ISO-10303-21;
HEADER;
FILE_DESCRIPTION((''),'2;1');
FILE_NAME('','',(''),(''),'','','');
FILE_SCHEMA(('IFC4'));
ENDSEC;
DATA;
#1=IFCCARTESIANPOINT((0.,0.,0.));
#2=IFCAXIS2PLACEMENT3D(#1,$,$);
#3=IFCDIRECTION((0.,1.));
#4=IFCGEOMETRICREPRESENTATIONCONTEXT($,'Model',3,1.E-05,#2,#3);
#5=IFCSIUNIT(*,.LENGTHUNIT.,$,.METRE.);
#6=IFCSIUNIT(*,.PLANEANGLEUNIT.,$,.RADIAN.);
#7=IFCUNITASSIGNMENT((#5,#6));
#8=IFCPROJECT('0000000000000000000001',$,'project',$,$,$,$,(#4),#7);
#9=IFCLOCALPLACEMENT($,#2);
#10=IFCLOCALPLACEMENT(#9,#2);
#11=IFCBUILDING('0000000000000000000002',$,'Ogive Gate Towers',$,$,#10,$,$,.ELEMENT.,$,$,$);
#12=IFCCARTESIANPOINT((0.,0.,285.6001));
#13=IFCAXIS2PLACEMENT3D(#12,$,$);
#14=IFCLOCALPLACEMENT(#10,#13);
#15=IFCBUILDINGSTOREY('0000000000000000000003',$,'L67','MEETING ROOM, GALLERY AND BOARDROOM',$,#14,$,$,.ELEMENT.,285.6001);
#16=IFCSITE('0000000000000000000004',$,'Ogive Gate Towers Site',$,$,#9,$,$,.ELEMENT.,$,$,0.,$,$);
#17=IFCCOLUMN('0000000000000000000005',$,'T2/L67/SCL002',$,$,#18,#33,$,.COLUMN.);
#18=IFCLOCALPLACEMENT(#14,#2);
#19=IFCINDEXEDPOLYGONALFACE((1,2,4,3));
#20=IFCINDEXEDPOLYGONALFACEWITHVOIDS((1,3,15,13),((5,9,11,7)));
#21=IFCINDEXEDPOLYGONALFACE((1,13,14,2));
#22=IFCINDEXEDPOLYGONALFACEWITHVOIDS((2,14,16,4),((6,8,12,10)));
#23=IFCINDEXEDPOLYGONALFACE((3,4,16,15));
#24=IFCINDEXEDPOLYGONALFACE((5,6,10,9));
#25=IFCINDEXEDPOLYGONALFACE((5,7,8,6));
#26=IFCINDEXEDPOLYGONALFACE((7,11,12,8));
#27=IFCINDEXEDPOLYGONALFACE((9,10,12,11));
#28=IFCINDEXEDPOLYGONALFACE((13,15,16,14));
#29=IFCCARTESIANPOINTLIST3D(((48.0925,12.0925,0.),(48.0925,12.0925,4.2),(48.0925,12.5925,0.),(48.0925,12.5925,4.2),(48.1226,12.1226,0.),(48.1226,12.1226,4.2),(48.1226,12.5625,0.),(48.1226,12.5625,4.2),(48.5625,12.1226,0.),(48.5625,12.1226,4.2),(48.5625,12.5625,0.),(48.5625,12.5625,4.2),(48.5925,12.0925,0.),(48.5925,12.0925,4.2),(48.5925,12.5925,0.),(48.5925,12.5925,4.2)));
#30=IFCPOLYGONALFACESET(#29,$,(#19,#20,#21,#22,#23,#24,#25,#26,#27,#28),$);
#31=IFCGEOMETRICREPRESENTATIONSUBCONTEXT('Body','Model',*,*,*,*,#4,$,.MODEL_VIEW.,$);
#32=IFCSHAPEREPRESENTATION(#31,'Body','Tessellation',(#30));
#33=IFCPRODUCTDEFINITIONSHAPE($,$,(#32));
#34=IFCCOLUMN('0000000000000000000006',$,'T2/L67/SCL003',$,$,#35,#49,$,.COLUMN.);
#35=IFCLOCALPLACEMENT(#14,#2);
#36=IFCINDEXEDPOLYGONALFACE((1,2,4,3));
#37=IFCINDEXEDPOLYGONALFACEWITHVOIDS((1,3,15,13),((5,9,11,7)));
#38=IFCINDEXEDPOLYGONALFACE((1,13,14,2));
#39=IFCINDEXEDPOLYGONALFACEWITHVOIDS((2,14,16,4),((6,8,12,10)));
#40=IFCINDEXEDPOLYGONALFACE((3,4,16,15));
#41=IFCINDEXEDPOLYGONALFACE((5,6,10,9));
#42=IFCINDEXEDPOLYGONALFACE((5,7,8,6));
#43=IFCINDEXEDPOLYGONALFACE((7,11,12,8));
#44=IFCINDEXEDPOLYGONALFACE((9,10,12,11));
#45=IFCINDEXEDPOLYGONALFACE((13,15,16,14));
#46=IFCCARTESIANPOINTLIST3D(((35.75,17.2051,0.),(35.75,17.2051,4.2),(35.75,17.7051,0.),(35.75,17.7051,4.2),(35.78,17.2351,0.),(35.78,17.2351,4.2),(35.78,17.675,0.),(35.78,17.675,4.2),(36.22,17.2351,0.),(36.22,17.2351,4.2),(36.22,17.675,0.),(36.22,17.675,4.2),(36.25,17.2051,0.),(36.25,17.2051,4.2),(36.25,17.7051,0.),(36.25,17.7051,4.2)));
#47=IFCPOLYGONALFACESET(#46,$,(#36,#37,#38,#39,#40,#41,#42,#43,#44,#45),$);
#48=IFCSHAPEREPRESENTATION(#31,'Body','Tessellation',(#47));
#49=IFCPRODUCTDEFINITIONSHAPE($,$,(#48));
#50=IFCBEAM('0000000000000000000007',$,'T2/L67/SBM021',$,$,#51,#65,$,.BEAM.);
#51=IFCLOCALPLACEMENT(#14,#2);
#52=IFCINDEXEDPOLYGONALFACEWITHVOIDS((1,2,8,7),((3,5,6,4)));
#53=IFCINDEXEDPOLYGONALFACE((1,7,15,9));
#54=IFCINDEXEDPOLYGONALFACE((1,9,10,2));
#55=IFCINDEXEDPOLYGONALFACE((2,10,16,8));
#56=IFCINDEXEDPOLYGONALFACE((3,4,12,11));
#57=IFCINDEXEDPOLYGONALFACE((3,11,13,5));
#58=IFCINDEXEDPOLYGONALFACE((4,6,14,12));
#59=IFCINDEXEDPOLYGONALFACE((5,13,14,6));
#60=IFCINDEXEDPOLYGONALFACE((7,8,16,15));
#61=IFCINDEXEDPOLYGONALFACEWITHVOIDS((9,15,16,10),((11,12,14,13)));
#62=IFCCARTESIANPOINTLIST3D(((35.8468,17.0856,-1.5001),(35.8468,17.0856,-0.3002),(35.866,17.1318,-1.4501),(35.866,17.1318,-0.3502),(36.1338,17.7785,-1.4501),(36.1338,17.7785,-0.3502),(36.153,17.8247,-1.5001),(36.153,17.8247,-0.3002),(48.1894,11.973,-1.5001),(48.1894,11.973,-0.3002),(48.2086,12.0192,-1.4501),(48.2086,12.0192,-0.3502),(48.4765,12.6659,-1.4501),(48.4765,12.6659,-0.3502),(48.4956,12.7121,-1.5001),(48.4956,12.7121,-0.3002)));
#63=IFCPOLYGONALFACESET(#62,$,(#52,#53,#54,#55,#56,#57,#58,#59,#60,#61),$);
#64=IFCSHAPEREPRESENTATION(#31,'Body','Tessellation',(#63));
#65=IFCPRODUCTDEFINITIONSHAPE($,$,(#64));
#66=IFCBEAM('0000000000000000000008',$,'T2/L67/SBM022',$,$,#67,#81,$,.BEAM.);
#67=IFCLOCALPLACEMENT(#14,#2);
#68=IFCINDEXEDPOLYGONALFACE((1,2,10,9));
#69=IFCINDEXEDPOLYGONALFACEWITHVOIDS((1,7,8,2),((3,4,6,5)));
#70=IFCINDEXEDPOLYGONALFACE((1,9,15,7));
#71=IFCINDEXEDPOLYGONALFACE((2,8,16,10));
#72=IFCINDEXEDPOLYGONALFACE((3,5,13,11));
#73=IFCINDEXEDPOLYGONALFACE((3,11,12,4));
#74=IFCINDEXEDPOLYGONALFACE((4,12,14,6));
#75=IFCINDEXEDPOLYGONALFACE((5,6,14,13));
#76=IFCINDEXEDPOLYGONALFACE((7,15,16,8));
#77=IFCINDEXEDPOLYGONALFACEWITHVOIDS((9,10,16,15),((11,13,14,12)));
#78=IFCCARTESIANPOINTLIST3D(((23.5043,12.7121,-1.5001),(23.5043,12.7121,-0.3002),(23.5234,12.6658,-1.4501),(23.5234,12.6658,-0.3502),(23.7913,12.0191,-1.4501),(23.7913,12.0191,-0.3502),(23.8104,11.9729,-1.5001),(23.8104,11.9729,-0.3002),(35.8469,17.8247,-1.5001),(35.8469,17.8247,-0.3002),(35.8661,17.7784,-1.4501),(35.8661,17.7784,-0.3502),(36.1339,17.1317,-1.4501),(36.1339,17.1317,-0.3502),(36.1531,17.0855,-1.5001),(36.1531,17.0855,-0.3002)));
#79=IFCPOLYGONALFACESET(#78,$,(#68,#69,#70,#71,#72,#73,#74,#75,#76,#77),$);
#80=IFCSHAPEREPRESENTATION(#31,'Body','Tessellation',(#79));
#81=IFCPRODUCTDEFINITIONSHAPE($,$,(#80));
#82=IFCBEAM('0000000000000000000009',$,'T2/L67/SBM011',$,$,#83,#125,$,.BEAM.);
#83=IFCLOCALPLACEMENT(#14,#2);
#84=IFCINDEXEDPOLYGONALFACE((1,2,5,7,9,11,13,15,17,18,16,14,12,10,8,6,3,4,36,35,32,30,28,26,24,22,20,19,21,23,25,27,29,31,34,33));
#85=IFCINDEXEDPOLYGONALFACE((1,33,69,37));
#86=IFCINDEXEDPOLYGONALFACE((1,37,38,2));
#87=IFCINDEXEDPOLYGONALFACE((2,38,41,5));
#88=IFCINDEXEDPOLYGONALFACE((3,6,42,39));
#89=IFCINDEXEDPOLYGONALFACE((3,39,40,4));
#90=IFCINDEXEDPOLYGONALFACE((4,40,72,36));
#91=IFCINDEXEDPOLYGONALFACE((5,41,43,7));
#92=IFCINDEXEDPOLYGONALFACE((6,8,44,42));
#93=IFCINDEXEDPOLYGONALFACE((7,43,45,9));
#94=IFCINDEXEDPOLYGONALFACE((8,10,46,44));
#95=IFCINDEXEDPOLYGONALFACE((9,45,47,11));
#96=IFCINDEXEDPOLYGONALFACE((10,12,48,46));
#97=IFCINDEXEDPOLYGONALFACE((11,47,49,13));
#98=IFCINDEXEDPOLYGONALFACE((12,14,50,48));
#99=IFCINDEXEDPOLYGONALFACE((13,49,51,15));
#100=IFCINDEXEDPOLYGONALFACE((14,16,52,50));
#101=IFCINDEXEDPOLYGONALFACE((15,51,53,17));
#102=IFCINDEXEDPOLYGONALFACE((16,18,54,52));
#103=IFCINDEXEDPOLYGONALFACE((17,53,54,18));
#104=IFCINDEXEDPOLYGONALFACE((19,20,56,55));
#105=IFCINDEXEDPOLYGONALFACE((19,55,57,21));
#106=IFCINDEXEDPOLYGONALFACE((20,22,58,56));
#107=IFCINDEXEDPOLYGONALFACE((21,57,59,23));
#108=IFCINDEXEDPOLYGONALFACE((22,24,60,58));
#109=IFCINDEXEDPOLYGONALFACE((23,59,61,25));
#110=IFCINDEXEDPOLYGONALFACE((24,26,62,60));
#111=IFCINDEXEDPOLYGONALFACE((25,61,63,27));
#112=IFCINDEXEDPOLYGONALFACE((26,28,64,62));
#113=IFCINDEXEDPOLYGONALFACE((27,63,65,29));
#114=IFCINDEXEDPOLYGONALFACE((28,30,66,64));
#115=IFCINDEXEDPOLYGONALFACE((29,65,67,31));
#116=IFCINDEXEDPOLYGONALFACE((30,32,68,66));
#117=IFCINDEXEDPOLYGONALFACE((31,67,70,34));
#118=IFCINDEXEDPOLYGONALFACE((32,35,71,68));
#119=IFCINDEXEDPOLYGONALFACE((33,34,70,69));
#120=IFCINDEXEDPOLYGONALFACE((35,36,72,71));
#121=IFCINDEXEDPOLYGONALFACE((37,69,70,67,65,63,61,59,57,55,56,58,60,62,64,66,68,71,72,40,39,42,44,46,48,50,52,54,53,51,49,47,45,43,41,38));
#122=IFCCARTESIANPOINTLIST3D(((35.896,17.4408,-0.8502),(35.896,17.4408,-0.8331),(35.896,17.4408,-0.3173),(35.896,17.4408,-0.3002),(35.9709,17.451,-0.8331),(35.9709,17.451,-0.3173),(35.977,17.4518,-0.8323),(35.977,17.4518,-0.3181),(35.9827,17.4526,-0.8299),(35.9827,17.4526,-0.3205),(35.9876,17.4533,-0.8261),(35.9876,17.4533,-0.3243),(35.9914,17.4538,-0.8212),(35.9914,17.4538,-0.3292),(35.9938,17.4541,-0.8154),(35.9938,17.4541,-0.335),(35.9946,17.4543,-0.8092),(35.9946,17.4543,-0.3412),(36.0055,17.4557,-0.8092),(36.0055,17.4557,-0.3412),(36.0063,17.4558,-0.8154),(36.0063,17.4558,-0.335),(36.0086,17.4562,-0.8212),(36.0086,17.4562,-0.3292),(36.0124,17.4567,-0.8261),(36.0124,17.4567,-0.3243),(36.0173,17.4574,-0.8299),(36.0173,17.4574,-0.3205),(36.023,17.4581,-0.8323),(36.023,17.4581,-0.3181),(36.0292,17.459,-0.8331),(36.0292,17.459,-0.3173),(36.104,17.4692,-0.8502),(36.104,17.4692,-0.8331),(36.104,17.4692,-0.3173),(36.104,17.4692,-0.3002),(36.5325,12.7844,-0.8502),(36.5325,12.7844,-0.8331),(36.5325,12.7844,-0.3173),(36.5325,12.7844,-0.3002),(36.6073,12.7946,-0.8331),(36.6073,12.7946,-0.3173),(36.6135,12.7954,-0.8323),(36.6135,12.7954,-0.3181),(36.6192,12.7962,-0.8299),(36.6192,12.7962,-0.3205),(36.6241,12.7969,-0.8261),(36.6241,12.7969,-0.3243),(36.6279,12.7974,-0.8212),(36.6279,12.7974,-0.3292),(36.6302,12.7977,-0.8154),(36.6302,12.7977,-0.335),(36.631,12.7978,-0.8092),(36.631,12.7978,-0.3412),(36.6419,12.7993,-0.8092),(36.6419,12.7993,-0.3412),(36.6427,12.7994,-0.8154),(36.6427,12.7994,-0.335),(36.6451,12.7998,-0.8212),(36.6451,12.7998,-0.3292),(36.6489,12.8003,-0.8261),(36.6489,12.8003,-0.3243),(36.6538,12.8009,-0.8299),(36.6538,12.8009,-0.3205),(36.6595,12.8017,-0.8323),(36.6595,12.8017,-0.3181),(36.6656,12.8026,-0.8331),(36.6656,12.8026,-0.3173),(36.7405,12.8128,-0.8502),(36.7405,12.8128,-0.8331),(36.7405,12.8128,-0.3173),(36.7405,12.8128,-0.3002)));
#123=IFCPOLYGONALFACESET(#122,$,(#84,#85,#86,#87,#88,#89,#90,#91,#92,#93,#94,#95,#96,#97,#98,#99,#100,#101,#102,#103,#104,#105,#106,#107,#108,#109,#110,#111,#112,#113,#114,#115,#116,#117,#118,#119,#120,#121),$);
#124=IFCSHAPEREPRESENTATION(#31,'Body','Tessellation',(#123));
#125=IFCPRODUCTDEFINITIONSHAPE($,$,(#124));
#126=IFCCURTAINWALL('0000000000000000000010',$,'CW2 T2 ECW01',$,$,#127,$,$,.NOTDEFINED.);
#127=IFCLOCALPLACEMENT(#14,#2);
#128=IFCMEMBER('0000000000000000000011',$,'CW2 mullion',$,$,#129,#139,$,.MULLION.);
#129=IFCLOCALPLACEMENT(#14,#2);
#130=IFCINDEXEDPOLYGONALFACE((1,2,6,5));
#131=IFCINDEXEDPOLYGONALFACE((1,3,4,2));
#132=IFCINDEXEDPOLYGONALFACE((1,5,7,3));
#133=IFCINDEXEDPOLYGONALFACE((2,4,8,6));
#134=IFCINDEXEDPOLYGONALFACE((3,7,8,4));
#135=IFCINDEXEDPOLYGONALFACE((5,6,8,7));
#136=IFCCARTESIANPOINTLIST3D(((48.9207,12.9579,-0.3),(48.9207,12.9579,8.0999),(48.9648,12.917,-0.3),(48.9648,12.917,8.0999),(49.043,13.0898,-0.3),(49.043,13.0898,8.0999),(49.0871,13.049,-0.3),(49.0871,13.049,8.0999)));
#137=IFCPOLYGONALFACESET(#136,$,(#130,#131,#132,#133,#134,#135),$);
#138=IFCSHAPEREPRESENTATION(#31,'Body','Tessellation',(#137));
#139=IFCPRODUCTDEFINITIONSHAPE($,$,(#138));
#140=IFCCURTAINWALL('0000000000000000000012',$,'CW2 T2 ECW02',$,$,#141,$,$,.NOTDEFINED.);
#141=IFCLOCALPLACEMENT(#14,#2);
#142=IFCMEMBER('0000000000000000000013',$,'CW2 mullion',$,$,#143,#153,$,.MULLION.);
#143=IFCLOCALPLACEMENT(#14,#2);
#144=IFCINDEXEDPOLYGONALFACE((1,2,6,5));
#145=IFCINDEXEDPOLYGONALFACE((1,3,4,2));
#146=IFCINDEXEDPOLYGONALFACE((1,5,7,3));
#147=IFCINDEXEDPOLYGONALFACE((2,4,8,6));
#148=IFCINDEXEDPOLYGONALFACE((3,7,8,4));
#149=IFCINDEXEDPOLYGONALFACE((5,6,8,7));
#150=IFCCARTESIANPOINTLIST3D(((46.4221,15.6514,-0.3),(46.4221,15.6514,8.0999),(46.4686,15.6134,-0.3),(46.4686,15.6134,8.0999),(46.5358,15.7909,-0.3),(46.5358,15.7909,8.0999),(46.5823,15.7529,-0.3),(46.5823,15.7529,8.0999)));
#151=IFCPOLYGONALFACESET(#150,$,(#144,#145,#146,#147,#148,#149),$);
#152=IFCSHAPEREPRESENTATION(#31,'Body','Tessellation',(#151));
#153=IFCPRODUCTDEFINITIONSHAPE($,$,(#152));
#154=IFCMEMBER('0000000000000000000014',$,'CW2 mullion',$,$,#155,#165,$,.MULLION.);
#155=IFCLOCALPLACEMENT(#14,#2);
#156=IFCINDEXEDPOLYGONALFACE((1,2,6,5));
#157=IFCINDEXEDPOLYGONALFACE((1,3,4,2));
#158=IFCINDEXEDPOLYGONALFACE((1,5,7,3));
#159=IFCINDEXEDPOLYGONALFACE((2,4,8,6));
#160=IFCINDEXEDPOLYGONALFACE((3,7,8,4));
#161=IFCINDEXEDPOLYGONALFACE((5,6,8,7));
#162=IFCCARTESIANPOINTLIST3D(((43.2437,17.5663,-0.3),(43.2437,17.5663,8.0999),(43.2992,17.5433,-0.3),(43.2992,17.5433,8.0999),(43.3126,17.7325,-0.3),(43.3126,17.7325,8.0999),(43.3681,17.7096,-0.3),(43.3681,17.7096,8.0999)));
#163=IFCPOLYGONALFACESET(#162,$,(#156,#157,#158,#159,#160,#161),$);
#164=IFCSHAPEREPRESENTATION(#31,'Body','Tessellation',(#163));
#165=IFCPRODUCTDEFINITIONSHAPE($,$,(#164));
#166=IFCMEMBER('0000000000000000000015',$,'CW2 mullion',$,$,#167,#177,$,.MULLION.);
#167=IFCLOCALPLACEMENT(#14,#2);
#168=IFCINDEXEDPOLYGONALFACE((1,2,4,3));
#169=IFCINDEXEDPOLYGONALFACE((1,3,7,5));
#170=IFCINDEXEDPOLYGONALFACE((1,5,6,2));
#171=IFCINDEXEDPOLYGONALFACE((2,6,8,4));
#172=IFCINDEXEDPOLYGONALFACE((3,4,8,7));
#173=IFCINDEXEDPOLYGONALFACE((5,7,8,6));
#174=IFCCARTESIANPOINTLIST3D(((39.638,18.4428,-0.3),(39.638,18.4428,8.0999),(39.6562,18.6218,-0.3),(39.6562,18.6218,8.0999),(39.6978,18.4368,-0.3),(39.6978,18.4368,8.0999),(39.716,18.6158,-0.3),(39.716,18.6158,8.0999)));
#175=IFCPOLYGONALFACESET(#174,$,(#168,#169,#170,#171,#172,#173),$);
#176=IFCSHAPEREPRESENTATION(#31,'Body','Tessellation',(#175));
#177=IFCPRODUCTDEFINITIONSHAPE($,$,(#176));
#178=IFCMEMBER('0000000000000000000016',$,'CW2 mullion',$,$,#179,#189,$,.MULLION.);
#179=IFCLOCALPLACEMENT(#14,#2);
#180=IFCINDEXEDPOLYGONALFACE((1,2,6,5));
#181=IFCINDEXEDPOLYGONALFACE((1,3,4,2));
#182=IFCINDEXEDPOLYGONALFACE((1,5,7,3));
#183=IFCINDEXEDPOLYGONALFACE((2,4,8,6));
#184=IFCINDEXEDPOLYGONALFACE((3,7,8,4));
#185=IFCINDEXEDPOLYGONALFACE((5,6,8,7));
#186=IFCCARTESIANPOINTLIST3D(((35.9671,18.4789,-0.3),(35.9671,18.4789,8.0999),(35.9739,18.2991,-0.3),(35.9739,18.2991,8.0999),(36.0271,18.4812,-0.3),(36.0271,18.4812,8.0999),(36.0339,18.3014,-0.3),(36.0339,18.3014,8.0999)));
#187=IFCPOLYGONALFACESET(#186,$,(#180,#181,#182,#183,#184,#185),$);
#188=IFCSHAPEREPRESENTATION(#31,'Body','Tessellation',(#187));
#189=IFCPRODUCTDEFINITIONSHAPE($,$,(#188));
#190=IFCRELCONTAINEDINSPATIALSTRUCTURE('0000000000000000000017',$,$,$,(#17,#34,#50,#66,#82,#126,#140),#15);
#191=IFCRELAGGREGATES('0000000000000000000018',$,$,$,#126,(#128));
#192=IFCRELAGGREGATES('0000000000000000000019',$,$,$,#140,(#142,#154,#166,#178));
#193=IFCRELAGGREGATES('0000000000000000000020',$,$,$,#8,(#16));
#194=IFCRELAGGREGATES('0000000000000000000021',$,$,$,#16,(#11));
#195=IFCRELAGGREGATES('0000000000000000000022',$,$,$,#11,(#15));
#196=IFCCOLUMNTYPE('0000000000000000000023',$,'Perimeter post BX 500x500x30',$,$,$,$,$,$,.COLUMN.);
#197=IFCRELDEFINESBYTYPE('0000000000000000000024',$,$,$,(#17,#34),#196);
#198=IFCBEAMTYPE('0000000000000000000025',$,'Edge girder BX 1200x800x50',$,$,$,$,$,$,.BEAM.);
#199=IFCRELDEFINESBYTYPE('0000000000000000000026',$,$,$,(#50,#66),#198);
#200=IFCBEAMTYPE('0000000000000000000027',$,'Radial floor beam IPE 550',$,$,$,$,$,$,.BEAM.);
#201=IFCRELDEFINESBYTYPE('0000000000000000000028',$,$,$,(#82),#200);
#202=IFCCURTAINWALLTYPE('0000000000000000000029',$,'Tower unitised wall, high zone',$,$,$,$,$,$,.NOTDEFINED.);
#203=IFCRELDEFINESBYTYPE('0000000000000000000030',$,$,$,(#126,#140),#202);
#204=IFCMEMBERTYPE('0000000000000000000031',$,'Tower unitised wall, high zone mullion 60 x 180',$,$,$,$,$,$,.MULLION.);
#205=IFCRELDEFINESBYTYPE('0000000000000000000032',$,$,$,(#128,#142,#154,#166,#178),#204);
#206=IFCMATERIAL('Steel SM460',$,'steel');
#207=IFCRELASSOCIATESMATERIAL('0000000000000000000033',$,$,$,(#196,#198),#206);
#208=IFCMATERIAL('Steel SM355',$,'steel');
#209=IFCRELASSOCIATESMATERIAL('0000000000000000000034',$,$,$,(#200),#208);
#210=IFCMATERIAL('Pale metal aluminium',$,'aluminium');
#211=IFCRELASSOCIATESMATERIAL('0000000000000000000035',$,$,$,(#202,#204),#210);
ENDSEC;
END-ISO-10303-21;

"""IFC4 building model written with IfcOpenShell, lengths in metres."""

from ifc_helpers import new_model, si_unit, direction, frame, origin, origin_2d, place, context, subcontext, project, spatial, rectangle, hollow_rectangle, i_section, extrude, material, material_profile, profile_set, type_object, element, aggregate, save


model = new_model("IFC4")

# Units and contexts
model_context = context("Model", 3, precision=1e-05, world=origin(), true_north=direction((0.0, 1.0)))
body_context = subcontext(model_context, "Body", "Model", "MODEL_VIEW")
ifc_project = project(units=[si_unit("LENGTHUNIT", "METRE"), si_unit("PLANEANGLEUNIT", "RADIAN")], contexts=[model_context])

# Site, building, storey
site_placement = place(None, origin())
site = spatial("IfcSite", under=ifc_project, at=site_placement, Name="Ogive Gate Towers Site", CompositionType="ELEMENT", RefElevation=0.0)
building_placement = place(site_placement, origin())
building = spatial("IfcBuilding", under=site, at=building_placement, Name="Ogive Gate Towers", CompositionType="ELEMENT")
storey_placement = place(building_placement, frame((0.0, 0.0, 285.6001)))
storey = spatial("IfcBuildingStorey", under=building, at=storey_placement, Name="L67", Description="MEETING ROOM, GALLERY AND BOARDROOM", CompositionType="ELEMENT", Elevation=285.6001)

# Columns
ifc_material_1 = material(Name="Steel SM460", Category="steel")
ifc_material_profile_1 = material_profile(ifc_material_1, hollow_rectangle(XDim=0.5, YDim=0.5, WallThickness=0.03, at=origin_2d()), Name="BX 500x500x30")
ifc_profile_set_1 = profile_set([ifc_material_profile_1], Name="Steel SM460")
column_type = type_object("IfcColumnType", Name="Perimeter post BX 500x500x30", PredefinedType="COLUMN", material=ifc_profile_set_1)
for number, where, z_axis, x_axis, name in (
    (1, (48.3425, 12.3425, 0.0), (0.0, 0.0, 1.0), (1.0, 0.0, 0.0), "T2/L67/SCL002"),
    (2, (36.0, 17.4551, 0.0), (0.0, 0.0, 1.0), (1.0, 0.0, 0.0), "T2/L67/SCL003"),
):
    element("IfcColumn", number, at=place(storey_placement, frame(where, z_axis=z_axis, x_axis=x_axis)), inside=storey, type_object=column_type, Name=name, PredefinedType="COLUMN", context=body_context, shape_type="SweptSolid", body=[
        extrude(hollow_rectangle(XDim=0.5, YDim=0.5, WallThickness=0.03, at=origin_2d()), origin(), (0.0, 0.0, 1.0), 4.2),
    ])

# Beams
ifc_material_profile_2 = material_profile(ifc_material_1, hollow_rectangle(XDim=0.8, YDim=1.2, WallThickness=0.05, at=origin_2d()), Name="BX 1200x800x50")
ifc_profile_set_2 = profile_set([ifc_material_profile_2], Name="Steel SM460")
beam_type_1 = type_object("IfcBeamType", Name="Edge girder BX 1200x800x50", PredefinedType="BEAM", material=ifc_profile_set_2)
for number, where, z_axis, x_axis, name in (
    (3, (48.3425, 12.3425, -0.9001), (-0.923877, 0.38269, 0.0), (-0.38269, -0.923877, 0.0), "T2/L67/SBM021"),
    (4, (36.0, 17.4551, -0.9001), (-0.923877, -0.38269, 0.0), (0.38269, -0.923877, 0.0), "T2/L67/SBM022"),
):
    element("IfcBeam", number, at=place(storey_placement, frame(where, z_axis=z_axis, x_axis=x_axis)), inside=storey, type_object=beam_type_1, Name=name, PredefinedType="BEAM", context=body_context, shape_type="SweptSolid", body=[
        extrude(hollow_rectangle(XDim=0.8, YDim=1.2, WallThickness=0.05, at=origin_2d()), origin(), (0.0, 0.0, 1.0), 13.3596),
    ])
ifc_material_2 = material(Name="Steel SM355", Category="steel")
ifc_material_profile_3 = material_profile(ifc_material_2, i_section(OverallWidth=0.21, OverallDepth=0.55, WebThickness=0.011, FlangeThickness=0.0171, FilletRadius=0.0239, at=origin_2d()), Name="IPE 550")
ifc_profile_set_3 = profile_set([ifc_material_profile_3], Name="Steel SM355")
beam_type_2 = type_object("IfcBeamType", Name="Radial floor beam IPE 550", PredefinedType="BEAM", material=ifc_profile_set_3)
beam_placement = place(storey_placement, frame((36.6365, 12.7986, -0.5752), z_axis=(-0.135426, 0.990787, 0.0), x_axis=(-0.990787, -0.135426, 0.0)))
element("IfcBeam", 5, at=beam_placement, inside=storey, type_object=beam_type_2, Name="T2/L67/SBM011", PredefinedType="BEAM", context=body_context, shape_type="SweptSolid", body=[
    extrude(i_section(OverallWidth=0.21, OverallDepth=0.55, WebThickness=0.011, FlangeThickness=0.0171, FilletRadius=0.0239, at=origin_2d()), origin(), (0.0, 0.0, 1.0), 4.6997),
])

# Curtain wall, member
ifc_material_3 = material(Name="Pale metal aluminium", Category="aluminium")
curtain_wall_type = type_object("IfcCurtainWallType", Name="Tower unitised wall, high zone", PredefinedType="NOTDEFINED", material=ifc_material_3)
curtain_wall_1_placement = place(storey_placement, origin())
curtain_wall_1 = element("IfcCurtainWall", 6, at=curtain_wall_1_placement, inside=storey, type_object=curtain_wall_type, Name="CW2 T2 ECW01", PredefinedType="NOTDEFINED")
ifc_material_profile_4 = material_profile(ifc_material_3, rectangle(XDim=0.1799, YDim=0.0601, at=origin_2d()), Name="60 x 180 aluminium box")
ifc_profile_set_4 = profile_set([ifc_material_profile_4], Name="Pale metal aluminium")
member_type_1 = type_object("IfcMemberType", Name="Tower unitised wall, high zone mullion 60 x 180", PredefinedType="MULLION", material=ifc_profile_set_4)
member_1_placement = place(storey_placement, frame((49.0039, 13.0034, -0.3), z_axis=(0.0, 0.0, 1.0), x_axis=(0.679864, 0.733338, 0.0)))
member_1 = element("IfcMember", 7, at=member_1_placement, type_object=member_type_1, Name="CW2 mullion", PredefinedType="MULLION", context=body_context, shape_type="SweptSolid", body=[
    extrude(rectangle(XDim=0.1799, YDim=0.0601, at=origin_2d()), origin(), (0.0, 0.0, 1.0), 8.3999),
])

# Curtain wall, members
curtain_wall_2_placement = place(storey_placement, origin())
curtain_wall_2 = element("IfcCurtainWall", 8, at=curtain_wall_2_placement, inside=storey, type_object=curtain_wall_type, Name="CW2 T2 ECW02", PredefinedType="NOTDEFINED")
member_2_placement = place(storey_placement, frame((46.5022, 15.7021, -0.3), z_axis=(0.0, 0.0, 1.0), x_axis=(0.631813, 0.775121, 0.0)))
member_2 = element("IfcMember", 9, at=member_2_placement, type_object=member_type_1, Name="CW2 mullion", PredefinedType="MULLION", context=body_context, shape_type="SweptSolid", body=[
    extrude(rectangle(XDim=0.1799, YDim=0.0601, at=origin_2d()), origin(), (0.0, 0.0, 1.0), 8.3999),
])
member_3_placement = place(storey_placement, frame((43.3059, 17.6379, -0.3), z_axis=(0.0, 0.0, 1.0), x_axis=(0.382683, 0.92388, 0.0)))
member_3 = element("IfcMember", 10, at=member_3_placement, type_object=member_type_1, Name="CW2 mullion", PredefinedType="MULLION", context=body_context, shape_type="SweptSolid", body=[
    extrude(rectangle(XDim=0.1799, YDim=0.0601, at=origin_2d()), origin(), (0.0, 0.0, 1.0), 8.3999),
])
member_4_placement = place(storey_placement, frame((39.677, 18.5293, -0.3), z_axis=(0.0, 0.0, 1.0), x_axis=(0.101351, 0.994851, 0.0)))
member_4 = element("IfcMember", 11, at=member_4_placement, type_object=member_type_1, Name="CW2 mullion", PredefinedType="MULLION", context=body_context, shape_type="SweptSolid", body=[
    extrude(rectangle(XDim=0.1799, YDim=0.0601, at=origin_2d()), origin(), (0.0, 0.0, 1.0), 8.3999),
])
member_5_placement = place(storey_placement, frame((36.0005, 18.3901, -0.3), z_axis=(0.0, 0.0, 1.0), x_axis=(-0.037795, 0.999286, 0.0)))
member_5 = element("IfcMember", 12, at=member_5_placement, type_object=member_type_1, Name="CW2 mullion", PredefinedType="MULLION", context=body_context, shape_type="SweptSolid", body=[
    extrude(rectangle(XDim=0.1799, YDim=0.0601, at=origin_2d()), origin(), (0.0, 0.0, 1.0), 8.3999),
])

aggregate(curtain_wall_1, [member_1])
aggregate(curtain_wall_2, [member_2, member_3, member_4, member_5])

save(model, "model.ifc")
